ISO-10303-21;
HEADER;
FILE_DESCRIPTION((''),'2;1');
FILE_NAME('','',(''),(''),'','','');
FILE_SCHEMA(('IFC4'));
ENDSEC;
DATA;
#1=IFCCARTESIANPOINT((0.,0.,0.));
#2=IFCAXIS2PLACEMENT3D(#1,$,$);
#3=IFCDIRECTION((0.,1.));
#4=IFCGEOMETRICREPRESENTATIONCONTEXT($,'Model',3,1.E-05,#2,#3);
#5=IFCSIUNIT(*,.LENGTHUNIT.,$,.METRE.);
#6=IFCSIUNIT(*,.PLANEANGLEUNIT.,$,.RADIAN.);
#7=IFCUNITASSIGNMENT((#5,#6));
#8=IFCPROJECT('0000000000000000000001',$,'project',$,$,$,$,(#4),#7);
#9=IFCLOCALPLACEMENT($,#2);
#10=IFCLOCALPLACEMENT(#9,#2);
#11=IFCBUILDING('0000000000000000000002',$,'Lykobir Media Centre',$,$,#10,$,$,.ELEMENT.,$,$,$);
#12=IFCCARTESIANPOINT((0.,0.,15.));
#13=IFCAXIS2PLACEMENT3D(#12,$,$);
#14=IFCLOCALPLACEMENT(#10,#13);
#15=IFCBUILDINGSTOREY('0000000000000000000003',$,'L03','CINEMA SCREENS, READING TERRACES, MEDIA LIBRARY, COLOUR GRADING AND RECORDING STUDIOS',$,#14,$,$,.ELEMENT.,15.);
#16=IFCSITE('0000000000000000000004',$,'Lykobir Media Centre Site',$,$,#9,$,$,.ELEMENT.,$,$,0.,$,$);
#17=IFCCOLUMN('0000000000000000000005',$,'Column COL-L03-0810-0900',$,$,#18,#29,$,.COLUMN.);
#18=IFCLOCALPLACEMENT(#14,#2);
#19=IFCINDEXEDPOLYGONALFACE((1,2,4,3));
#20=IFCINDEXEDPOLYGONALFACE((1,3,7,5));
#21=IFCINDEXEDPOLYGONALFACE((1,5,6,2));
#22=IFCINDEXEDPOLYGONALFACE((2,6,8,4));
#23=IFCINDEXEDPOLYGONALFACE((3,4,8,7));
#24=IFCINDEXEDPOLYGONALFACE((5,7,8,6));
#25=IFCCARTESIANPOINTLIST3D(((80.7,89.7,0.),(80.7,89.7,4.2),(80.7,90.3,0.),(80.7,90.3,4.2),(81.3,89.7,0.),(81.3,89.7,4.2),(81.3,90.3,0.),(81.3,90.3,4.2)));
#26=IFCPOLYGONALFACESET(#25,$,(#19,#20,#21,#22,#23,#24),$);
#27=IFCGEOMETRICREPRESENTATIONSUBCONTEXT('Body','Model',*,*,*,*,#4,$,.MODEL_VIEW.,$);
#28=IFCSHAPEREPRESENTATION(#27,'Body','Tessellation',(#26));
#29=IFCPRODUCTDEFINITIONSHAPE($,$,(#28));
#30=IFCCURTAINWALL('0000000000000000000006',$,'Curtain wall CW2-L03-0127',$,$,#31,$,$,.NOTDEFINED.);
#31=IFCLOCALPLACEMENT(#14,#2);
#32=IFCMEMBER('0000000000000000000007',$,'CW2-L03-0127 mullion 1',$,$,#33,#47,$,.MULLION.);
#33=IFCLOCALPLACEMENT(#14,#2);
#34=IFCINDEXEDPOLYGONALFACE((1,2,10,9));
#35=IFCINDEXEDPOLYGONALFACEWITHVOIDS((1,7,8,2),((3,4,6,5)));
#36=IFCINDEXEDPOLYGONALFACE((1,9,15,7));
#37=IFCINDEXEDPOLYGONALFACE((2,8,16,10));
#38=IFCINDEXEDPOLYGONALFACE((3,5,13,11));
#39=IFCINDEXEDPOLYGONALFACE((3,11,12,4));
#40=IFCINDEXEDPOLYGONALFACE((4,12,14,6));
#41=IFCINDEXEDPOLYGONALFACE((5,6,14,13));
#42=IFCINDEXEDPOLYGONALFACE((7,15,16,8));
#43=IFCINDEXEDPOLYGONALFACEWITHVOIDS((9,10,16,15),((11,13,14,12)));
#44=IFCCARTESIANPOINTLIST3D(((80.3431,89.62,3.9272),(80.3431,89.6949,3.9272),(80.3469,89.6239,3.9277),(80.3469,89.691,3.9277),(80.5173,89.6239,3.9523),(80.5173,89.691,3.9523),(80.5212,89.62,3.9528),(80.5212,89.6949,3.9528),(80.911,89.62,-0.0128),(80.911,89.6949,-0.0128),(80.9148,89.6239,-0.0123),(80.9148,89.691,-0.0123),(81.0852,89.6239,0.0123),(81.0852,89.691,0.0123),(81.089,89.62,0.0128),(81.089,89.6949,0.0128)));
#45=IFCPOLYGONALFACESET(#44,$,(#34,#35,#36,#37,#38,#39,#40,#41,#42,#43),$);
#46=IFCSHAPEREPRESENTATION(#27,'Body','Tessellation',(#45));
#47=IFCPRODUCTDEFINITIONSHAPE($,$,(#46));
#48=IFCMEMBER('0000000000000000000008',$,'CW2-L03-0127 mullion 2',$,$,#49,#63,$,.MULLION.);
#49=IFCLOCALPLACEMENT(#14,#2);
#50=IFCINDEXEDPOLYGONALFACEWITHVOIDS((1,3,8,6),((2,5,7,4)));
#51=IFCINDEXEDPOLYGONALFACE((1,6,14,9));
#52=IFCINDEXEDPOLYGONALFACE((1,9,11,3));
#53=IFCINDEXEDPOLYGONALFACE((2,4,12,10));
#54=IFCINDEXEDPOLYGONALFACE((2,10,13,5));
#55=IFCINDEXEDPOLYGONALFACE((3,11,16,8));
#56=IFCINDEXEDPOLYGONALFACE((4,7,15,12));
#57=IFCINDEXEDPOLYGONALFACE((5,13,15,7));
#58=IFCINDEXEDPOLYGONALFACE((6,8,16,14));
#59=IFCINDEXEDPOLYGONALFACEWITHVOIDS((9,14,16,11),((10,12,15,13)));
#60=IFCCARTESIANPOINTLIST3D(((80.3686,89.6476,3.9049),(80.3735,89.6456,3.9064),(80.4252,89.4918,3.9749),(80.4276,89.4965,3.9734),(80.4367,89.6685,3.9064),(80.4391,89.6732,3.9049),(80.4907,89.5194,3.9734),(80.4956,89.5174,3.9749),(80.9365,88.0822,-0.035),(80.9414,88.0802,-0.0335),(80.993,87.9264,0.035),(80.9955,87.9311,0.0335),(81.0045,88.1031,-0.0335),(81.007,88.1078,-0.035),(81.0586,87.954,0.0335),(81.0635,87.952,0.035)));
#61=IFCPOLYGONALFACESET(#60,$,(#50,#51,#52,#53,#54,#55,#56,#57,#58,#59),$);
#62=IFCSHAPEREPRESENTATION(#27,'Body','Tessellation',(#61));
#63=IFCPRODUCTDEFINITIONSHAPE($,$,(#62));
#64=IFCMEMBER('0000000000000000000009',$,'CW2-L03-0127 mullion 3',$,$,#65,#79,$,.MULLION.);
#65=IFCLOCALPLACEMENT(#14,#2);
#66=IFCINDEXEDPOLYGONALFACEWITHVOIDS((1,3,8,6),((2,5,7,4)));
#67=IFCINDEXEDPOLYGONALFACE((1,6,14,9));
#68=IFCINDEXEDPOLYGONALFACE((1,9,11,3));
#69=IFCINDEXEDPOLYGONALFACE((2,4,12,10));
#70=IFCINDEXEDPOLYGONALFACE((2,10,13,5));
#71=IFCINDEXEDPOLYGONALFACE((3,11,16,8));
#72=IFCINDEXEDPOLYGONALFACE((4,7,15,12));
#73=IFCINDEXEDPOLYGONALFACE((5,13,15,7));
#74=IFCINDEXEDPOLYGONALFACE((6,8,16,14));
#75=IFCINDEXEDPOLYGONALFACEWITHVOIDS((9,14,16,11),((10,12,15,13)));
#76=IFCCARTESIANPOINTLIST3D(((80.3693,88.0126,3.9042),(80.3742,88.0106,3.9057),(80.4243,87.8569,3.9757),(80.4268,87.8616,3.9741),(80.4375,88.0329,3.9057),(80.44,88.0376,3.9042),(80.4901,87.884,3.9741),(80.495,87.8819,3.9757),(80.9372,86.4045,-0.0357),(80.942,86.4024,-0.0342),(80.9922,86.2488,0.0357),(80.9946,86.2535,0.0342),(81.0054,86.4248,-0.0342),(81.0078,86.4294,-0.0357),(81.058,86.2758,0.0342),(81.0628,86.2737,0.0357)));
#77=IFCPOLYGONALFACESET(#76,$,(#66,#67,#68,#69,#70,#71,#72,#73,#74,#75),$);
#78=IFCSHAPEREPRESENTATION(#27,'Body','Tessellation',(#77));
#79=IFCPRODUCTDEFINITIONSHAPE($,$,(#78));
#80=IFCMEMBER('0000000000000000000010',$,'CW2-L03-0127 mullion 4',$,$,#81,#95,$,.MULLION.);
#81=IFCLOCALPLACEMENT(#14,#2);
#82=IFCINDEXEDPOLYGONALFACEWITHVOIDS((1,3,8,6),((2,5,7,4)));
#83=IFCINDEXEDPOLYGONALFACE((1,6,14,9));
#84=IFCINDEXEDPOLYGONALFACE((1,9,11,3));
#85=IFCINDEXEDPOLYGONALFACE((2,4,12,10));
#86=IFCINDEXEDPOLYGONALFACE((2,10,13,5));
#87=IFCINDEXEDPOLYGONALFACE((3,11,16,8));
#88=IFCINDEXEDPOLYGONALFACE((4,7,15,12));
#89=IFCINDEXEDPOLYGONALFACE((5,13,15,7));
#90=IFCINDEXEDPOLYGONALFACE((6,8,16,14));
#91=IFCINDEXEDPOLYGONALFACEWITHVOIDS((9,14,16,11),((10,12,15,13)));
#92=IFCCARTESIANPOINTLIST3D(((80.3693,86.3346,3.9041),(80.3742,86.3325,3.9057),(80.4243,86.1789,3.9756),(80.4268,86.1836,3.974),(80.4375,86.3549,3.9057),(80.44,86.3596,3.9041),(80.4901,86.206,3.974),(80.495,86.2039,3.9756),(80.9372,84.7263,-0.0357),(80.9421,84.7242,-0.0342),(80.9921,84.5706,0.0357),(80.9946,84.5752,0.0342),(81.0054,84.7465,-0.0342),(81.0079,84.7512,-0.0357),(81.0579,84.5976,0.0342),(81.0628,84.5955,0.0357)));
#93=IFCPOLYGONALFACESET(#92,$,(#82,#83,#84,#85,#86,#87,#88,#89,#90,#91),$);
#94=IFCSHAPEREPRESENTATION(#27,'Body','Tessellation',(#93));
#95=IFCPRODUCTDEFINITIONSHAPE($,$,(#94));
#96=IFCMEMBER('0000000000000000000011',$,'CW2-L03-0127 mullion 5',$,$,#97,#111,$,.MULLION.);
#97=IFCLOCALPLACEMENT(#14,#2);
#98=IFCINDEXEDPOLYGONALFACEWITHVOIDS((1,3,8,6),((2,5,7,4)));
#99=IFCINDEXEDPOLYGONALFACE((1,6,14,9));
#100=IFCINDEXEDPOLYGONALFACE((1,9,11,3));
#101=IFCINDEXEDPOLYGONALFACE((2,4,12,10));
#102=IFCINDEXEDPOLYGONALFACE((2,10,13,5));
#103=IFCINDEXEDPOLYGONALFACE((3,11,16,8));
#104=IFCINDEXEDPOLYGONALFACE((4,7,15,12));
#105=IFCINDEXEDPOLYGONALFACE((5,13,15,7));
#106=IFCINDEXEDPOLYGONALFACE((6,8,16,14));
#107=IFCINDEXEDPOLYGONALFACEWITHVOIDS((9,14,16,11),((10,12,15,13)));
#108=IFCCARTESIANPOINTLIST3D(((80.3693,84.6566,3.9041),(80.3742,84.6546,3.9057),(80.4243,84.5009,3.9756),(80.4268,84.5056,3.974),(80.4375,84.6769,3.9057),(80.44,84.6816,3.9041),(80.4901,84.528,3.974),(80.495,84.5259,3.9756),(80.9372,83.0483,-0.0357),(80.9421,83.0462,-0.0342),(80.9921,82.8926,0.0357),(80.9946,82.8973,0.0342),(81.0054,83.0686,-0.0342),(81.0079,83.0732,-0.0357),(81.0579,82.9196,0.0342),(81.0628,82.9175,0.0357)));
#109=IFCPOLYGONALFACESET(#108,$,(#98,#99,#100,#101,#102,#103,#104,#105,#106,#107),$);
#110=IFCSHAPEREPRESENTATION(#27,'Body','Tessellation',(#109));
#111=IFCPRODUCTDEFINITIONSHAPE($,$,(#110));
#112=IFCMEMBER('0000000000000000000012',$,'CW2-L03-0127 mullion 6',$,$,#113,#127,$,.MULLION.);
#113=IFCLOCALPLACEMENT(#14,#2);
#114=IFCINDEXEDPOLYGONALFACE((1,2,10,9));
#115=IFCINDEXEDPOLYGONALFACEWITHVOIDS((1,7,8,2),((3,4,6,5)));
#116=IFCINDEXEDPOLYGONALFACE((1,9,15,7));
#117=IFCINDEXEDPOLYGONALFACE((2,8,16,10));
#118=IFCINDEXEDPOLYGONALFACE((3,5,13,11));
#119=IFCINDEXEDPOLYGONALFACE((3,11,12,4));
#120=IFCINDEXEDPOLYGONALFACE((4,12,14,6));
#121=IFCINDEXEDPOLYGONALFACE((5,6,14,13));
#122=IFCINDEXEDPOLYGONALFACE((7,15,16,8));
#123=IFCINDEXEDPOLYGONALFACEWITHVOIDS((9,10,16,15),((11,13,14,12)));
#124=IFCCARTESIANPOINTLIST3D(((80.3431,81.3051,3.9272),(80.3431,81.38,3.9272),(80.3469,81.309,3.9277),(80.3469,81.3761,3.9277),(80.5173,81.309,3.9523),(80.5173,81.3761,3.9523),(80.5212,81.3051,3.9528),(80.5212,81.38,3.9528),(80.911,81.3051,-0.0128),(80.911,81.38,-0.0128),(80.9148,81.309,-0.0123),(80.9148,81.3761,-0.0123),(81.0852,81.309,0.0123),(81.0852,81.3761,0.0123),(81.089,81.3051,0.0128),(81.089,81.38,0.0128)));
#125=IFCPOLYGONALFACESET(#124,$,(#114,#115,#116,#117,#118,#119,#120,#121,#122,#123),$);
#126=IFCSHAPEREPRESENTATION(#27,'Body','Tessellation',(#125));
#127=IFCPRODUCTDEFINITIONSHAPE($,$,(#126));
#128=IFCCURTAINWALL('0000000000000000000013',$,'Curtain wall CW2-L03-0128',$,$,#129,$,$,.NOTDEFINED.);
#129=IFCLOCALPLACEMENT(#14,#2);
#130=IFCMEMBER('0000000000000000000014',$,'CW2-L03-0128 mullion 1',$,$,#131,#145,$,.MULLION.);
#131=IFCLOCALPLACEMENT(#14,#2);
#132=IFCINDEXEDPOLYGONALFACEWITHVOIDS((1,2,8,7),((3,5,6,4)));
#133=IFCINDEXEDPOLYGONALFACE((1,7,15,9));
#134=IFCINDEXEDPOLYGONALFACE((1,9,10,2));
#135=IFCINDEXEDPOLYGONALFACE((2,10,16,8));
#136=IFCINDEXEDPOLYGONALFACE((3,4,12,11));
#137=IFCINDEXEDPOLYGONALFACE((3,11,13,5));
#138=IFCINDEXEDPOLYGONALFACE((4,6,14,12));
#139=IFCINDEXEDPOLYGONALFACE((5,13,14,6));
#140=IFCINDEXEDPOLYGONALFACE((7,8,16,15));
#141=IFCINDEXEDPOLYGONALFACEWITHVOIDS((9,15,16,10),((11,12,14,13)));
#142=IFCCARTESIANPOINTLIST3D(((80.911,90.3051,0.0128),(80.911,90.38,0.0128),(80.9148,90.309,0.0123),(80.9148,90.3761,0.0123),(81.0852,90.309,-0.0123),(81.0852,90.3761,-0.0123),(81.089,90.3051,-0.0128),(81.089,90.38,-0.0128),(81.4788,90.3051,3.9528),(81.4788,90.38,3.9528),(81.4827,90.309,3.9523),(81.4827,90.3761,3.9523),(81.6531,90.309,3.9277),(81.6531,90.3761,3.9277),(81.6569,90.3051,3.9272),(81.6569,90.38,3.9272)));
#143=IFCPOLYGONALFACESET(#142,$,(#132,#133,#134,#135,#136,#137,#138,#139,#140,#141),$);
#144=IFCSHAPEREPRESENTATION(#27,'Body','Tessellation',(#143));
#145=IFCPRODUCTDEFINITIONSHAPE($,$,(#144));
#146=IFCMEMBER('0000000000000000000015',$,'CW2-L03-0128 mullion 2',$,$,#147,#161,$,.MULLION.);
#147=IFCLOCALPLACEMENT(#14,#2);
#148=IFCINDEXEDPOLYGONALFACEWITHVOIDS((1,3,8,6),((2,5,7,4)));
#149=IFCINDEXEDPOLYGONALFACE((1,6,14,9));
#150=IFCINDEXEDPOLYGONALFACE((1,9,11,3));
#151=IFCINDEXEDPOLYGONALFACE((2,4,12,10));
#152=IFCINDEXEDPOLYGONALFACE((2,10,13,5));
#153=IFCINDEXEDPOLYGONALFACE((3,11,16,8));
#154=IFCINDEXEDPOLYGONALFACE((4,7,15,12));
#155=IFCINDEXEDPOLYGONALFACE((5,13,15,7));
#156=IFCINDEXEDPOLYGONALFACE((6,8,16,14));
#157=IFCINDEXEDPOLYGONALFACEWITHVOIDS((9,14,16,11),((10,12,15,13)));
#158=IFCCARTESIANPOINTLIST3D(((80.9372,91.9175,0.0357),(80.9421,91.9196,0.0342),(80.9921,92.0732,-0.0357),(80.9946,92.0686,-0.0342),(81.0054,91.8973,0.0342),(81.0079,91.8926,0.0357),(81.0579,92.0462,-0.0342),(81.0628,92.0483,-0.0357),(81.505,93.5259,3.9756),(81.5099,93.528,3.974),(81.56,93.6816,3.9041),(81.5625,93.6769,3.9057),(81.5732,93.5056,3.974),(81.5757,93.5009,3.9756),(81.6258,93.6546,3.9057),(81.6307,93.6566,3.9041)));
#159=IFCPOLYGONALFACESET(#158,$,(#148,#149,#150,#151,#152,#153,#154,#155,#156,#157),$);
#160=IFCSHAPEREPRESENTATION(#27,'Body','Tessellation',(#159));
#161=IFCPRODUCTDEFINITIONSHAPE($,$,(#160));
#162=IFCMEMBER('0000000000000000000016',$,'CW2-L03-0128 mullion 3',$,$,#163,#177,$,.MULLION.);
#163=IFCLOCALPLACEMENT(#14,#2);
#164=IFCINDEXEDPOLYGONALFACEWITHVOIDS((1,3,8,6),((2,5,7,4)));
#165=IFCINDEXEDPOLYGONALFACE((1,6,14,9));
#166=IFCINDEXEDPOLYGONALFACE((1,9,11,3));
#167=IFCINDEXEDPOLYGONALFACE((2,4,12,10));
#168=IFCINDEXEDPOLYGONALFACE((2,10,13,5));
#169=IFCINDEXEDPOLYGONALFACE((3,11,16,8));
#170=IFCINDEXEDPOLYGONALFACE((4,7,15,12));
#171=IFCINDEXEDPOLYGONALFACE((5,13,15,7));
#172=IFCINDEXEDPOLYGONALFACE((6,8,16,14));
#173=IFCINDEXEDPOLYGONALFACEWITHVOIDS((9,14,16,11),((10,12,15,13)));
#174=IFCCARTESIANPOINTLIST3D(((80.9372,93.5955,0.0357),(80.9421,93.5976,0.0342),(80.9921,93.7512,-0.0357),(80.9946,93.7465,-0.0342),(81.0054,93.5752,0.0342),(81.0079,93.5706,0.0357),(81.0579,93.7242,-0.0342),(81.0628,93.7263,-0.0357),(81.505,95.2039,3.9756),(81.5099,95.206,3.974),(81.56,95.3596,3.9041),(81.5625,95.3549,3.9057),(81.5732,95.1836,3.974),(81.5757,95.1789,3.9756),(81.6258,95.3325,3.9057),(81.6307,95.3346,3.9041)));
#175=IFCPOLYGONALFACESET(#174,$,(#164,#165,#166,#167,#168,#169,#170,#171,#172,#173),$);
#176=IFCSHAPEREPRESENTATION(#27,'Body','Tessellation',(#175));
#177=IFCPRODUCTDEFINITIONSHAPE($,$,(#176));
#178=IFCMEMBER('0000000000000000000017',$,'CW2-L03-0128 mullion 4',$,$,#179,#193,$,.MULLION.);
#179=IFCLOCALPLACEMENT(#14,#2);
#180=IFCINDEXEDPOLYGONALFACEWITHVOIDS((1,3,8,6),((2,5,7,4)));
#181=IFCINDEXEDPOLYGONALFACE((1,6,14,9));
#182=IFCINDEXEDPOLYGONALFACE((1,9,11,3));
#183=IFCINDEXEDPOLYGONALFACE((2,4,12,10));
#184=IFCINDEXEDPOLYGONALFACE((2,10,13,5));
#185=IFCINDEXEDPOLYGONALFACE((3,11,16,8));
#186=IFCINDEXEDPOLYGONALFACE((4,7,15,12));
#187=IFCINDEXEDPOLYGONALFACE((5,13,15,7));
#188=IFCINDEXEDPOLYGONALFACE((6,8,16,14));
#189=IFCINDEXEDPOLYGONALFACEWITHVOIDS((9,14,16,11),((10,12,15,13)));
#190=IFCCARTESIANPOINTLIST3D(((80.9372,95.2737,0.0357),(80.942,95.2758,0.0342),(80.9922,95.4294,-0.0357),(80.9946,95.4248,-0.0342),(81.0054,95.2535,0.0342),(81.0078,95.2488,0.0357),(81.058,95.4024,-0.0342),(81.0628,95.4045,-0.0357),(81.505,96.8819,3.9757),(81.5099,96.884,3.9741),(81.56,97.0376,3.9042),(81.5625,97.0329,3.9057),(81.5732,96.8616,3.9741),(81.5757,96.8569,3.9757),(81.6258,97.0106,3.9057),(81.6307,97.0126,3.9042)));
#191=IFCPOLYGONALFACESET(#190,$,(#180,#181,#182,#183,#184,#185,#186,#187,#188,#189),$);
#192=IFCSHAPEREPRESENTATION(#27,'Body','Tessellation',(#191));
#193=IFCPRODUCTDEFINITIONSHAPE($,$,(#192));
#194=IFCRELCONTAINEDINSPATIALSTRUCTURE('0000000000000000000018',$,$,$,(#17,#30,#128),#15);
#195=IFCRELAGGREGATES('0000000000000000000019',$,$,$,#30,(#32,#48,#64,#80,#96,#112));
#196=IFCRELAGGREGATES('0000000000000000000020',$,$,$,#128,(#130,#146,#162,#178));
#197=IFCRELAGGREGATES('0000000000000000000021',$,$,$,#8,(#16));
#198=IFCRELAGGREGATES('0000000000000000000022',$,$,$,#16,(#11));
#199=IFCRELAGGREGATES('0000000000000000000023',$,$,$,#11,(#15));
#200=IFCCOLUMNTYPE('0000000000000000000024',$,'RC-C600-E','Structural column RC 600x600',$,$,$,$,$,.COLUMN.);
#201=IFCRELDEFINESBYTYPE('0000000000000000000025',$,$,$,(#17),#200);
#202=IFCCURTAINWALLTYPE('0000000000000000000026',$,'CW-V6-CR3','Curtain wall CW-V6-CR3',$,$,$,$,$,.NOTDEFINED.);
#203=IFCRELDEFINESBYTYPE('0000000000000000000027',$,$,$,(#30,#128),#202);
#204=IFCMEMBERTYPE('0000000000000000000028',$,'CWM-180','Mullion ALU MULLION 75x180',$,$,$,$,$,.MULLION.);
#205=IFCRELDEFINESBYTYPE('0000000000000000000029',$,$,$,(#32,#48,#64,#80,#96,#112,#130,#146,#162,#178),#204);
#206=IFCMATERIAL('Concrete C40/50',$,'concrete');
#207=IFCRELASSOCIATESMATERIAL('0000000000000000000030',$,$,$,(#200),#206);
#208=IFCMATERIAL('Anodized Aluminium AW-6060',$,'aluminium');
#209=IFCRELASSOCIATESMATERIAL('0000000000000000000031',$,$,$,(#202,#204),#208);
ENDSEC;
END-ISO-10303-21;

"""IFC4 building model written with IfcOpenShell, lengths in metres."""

from ifc_helpers import new_model, si_unit, direction, frame, origin, origin_2d, place, context, subcontext, project, spatial, rectangle, hollow_rectangle, extrude, material, material_profile, profile_set, type_object, element, aggregate, save


model = new_model("IFC4")

# Units and contexts
model_context = context("Model", 3, precision=1e-05, world=origin(), true_north=direction((0.0, 1.0)))
body_context = subcontext(model_context, "Body", "Model", "MODEL_VIEW")
ifc_project = project(units=[si_unit("LENGTHUNIT", "METRE"), si_unit("PLANEANGLEUNIT", "RADIAN")], contexts=[model_context])

# Site, building, storey
site_placement = place(None, origin())
site = spatial("IfcSite", under=ifc_project, at=site_placement, Name="Lykobir Media Centre Site", CompositionType="ELEMENT", RefElevation=0.0)
building_placement = place(site_placement, origin())
building = spatial("IfcBuilding", under=site, at=building_placement, Name="Lykobir Media Centre", CompositionType="ELEMENT")
storey_placement = place(building_placement, frame((0.0, 0.0, 15.0)))
storey = spatial("IfcBuildingStorey", under=building, at=storey_placement, Name="L03", Description="CINEMA SCREENS, READING TERRACES, MEDIA LIBRARY, COLOUR GRADING AND RECORDING STUDIOS", CompositionType="ELEMENT", Elevation=15.0)

# Column
ifc_material_1 = material(Name="Concrete C40/50", Category="concrete")
ifc_material_profile_1 = material_profile(ifc_material_1, rectangle(XDim=0.6001, YDim=0.6001, at=origin_2d()), Name="RC 600x600")
ifc_profile_set_1 = profile_set([ifc_material_profile_1], Name="Concrete C40/50")
column_type = type_object("IfcColumnType", Name="RC-C600-E", Description="Structural column RC 600x600", PredefinedType="COLUMN", material=ifc_profile_set_1)
column_placement = place(storey_placement, frame((81.0, 90.0, 0.0), z_axis=(0.0, 0.0, 1.0), x_axis=(1.0, 0.0, 0.0)))
element("IfcColumn", 1, at=column_placement, inside=storey, type_object=column_type, Name="Column COL-L03-0810-0900", PredefinedType="COLUMN", context=body_context, shape_type="SweptSolid", body=[
    extrude(rectangle(XDim=0.6001, YDim=0.6001, at=origin_2d()), origin(), (0.0, 0.0, 1.0), 4.2),
])

# Curtain wall, members
ifc_material_2 = material(Name="Anodized Aluminium AW-6060", Category="aluminium")
curtain_wall_type = type_object("IfcCurtainWallType", Name="CW-V6-CR3", Description="Curtain wall CW-V6-CR3", PredefinedType="NOTDEFINED", material=ifc_material_2)
curtain_wall_1_placement = place(storey_placement, origin())
curtain_wall_1 = element("IfcCurtainWall", 2, at=curtain_wall_1_placement, inside=storey, type_object=curtain_wall_type, Name="Curtain wall CW2-L03-0127", PredefinedType="NOTDEFINED")
ifc_material_profile_2 = material_profile(ifc_material_2, hollow_rectangle(XDim=0.075, YDim=0.1799, WallThickness=0.0039, at=origin_2d()), Name="ALU MULLION 75x180")
ifc_profile_set_2 = profile_set([ifc_material_profile_2], Name="Anodized Aluminium AW-6060")
member_type_1 = type_object("IfcMemberType", Name="CWM-180", Description="Mullion ALU MULLION 75x180", PredefinedType="MULLION", material=ifc_profile_set_2)
member_1_placement = place(storey_placement, frame((81.0, 89.6575, 0.0), z_axis=(-0.142658, 0.0, 0.989772), x_axis=(0.0, -1.0, 0.0)))
member_1 = element("IfcMember", 3, at=member_1_placement, type_object=member_type_1, Name="CW2-L03-0127 mullion 1", PredefinedType="MULLION", context=body_context, shape_type="SweptSolid", body=[
    extrude(hollow_rectangle(XDim=0.075, YDim=0.1799, WallThickness=0.0039, at=origin_2d()), origin(), (0.0, 0.0, 1.0), 3.9807),
])
member_2_placement = place(storey_placement, frame((81.0, 88.0171, 0.0), z_axis=(-0.132761, 0.365977, 0.921106), x_axis=(-0.940059, -0.341013, 0.0)))
member_2 = element("IfcMember", 4, at=member_2_placement, type_object=member_type_1, Name="CW2-L03-0127 mullion 2", PredefinedType="MULLION", context=body_context, shape_type="SweptSolid", body=[
    extrude(hollow_rectangle(XDim=0.075, YDim=0.1799, WallThickness=0.0039, at=origin_2d()), origin(), (0.0, 0.0, 1.0), 4.2773),
])
member_3_placement = place(storey_placement, frame((81.0, 86.3391, 0.0), z_axis=(-0.132271, 0.37458, 0.917711), x_axis=(-0.942937, -0.33297, 0.0)))
member_3 = element("IfcMember", 5, at=member_3_placement, type_object=member_type_1, Name="CW2-L03-0127 mullion 3", PredefinedType="MULLION", context=body_context, shape_type="SweptSolid", body=[
    extrude(hollow_rectangle(XDim=0.075, YDim=0.1799, WallThickness=0.0039, at=origin_2d()), origin(), (0.0, 0.0, 1.0), 4.2932),
])
member_4_placement = place(storey_placement, frame((81.0, 84.6609, 0.0), z_axis=(-0.132269, 0.374628, 0.917692), x_axis=(-0.942953, -0.332925, 0.0)))
member_4 = element("IfcMember", 6, at=member_4_placement, type_object=member_type_1, Name="CW2-L03-0127 mullion 4", PredefinedType="MULLION", context=body_context, shape_type="SweptSolid", body=[
    extrude(hollow_rectangle(XDim=0.075, YDim=0.1799, WallThickness=0.0039, at=origin_2d()), origin(), (0.0, 0.0, 1.0), 4.2932),
])
member_5_placement = place(storey_placement, frame((81.0, 82.9829, 0.0), z_axis=(-0.132269, 0.374628, 0.917692), x_axis=(-0.942953, -0.332925, 0.0)))
member_5 = element("IfcMember", 7, at=member_5_placement, type_object=member_type_1, Name="CW2-L03-0127 mullion 5", PredefinedType="MULLION", context=body_context, shape_type="SweptSolid", body=[
    extrude(hollow_rectangle(XDim=0.075, YDim=0.1799, WallThickness=0.0039, at=origin_2d()), origin(), (0.0, 0.0, 1.0), 4.2932),
])
member_6_placement = place(storey_placement, frame((81.0, 81.3425, 0.0), z_axis=(-0.142658, 0.0, 0.989772), x_axis=(0.0, -1.0, 0.0)))
member_6 = element("IfcMember", 8, at=member_6_placement, type_object=member_type_1, Name="CW2-L03-0127 mullion 6", PredefinedType="MULLION", context=body_context, shape_type="SweptSolid", body=[
    extrude(hollow_rectangle(XDim=0.075, YDim=0.1799, WallThickness=0.0039, at=origin_2d()), origin(), (0.0, 0.0, 1.0), 3.9807),
])
aggregate(curtain_wall_1, [member_1, member_2, member_3, member_4, member_5, member_6])

# Curtain wall, members
curtain_wall_2_placement = place(storey_placement, origin())
curtain_wall_2 = element("IfcCurtainWall", 9, at=curtain_wall_2_placement, inside=storey, type_object=curtain_wall_type, Name="Curtain wall CW2-L03-0128", PredefinedType="NOTDEFINED")
member_7_placement = place(storey_placement, frame((81.0, 90.3425, 0.0), z_axis=(0.142658, 0.0, 0.989772), x_axis=(0.0, -1.0, 0.0)))
member_7 = element("IfcMember", 10, at=member_7_placement, type_object=member_type_1, Name="CW2-L03-0128 mullion 1", PredefinedType="MULLION", context=body_context, shape_type="SweptSolid", body=[
    extrude(hollow_rectangle(XDim=0.075, YDim=0.1799, WallThickness=0.0039, at=origin_2d()), origin(), (0.0, 0.0, 1.0), 3.9807),
])
member_8_placement = place(storey_placement, frame((81.0, 91.9829, 0.0), z_axis=(0.132269, 0.374628, 0.917692), x_axis=(0.942953, -0.332925, 0.0)))
member_8 = element("IfcMember", 11, at=member_8_placement, type_object=member_type_1, Name="CW2-L03-0128 mullion 2", PredefinedType="MULLION", context=body_context, shape_type="SweptSolid", body=[
    extrude(hollow_rectangle(XDim=0.075, YDim=0.1799, WallThickness=0.0039, at=origin_2d()), origin(), (0.0, 0.0, 1.0), 4.2932),
])
member_9_placement = place(storey_placement, frame((81.0, 93.6609, 0.0), z_axis=(0.132269, 0.374628, 0.917692), x_axis=(0.942953, -0.332925, 0.0)))
member_9 = element("IfcMember", 12, at=member_9_placement, type_object=member_type_1, Name="CW2-L03-0128 mullion 3", PredefinedType="MULLION", context=body_context, shape_type="SweptSolid", body=[
    extrude(hollow_rectangle(XDim=0.075, YDim=0.1799, WallThickness=0.0039, at=origin_2d()), origin(), (0.0, 0.0, 1.0), 4.2932),
])
member_10_placement = place(storey_placement, frame((81.0, 95.3391, 0.0), z_axis=(0.132271, 0.37458, 0.917711), x_axis=(0.942937, -0.33297, 0.0)))
member_10 = element("IfcMember", 13, at=member_10_placement, type_object=member_type_1, Name="CW2-L03-0128 mullion 4", PredefinedType="MULLION", context=body_context, shape_type="SweptSolid", body=[
    extrude(hollow_rectangle(XDim=0.075, YDim=0.1799, WallThickness=0.0039, at=origin_2d()), origin(), (0.0, 0.0, 1.0), 4.2932),
])
aggregate(curtain_wall_2, [member_7, member_8, member_9, member_10])

save(model, "model.ifc")
